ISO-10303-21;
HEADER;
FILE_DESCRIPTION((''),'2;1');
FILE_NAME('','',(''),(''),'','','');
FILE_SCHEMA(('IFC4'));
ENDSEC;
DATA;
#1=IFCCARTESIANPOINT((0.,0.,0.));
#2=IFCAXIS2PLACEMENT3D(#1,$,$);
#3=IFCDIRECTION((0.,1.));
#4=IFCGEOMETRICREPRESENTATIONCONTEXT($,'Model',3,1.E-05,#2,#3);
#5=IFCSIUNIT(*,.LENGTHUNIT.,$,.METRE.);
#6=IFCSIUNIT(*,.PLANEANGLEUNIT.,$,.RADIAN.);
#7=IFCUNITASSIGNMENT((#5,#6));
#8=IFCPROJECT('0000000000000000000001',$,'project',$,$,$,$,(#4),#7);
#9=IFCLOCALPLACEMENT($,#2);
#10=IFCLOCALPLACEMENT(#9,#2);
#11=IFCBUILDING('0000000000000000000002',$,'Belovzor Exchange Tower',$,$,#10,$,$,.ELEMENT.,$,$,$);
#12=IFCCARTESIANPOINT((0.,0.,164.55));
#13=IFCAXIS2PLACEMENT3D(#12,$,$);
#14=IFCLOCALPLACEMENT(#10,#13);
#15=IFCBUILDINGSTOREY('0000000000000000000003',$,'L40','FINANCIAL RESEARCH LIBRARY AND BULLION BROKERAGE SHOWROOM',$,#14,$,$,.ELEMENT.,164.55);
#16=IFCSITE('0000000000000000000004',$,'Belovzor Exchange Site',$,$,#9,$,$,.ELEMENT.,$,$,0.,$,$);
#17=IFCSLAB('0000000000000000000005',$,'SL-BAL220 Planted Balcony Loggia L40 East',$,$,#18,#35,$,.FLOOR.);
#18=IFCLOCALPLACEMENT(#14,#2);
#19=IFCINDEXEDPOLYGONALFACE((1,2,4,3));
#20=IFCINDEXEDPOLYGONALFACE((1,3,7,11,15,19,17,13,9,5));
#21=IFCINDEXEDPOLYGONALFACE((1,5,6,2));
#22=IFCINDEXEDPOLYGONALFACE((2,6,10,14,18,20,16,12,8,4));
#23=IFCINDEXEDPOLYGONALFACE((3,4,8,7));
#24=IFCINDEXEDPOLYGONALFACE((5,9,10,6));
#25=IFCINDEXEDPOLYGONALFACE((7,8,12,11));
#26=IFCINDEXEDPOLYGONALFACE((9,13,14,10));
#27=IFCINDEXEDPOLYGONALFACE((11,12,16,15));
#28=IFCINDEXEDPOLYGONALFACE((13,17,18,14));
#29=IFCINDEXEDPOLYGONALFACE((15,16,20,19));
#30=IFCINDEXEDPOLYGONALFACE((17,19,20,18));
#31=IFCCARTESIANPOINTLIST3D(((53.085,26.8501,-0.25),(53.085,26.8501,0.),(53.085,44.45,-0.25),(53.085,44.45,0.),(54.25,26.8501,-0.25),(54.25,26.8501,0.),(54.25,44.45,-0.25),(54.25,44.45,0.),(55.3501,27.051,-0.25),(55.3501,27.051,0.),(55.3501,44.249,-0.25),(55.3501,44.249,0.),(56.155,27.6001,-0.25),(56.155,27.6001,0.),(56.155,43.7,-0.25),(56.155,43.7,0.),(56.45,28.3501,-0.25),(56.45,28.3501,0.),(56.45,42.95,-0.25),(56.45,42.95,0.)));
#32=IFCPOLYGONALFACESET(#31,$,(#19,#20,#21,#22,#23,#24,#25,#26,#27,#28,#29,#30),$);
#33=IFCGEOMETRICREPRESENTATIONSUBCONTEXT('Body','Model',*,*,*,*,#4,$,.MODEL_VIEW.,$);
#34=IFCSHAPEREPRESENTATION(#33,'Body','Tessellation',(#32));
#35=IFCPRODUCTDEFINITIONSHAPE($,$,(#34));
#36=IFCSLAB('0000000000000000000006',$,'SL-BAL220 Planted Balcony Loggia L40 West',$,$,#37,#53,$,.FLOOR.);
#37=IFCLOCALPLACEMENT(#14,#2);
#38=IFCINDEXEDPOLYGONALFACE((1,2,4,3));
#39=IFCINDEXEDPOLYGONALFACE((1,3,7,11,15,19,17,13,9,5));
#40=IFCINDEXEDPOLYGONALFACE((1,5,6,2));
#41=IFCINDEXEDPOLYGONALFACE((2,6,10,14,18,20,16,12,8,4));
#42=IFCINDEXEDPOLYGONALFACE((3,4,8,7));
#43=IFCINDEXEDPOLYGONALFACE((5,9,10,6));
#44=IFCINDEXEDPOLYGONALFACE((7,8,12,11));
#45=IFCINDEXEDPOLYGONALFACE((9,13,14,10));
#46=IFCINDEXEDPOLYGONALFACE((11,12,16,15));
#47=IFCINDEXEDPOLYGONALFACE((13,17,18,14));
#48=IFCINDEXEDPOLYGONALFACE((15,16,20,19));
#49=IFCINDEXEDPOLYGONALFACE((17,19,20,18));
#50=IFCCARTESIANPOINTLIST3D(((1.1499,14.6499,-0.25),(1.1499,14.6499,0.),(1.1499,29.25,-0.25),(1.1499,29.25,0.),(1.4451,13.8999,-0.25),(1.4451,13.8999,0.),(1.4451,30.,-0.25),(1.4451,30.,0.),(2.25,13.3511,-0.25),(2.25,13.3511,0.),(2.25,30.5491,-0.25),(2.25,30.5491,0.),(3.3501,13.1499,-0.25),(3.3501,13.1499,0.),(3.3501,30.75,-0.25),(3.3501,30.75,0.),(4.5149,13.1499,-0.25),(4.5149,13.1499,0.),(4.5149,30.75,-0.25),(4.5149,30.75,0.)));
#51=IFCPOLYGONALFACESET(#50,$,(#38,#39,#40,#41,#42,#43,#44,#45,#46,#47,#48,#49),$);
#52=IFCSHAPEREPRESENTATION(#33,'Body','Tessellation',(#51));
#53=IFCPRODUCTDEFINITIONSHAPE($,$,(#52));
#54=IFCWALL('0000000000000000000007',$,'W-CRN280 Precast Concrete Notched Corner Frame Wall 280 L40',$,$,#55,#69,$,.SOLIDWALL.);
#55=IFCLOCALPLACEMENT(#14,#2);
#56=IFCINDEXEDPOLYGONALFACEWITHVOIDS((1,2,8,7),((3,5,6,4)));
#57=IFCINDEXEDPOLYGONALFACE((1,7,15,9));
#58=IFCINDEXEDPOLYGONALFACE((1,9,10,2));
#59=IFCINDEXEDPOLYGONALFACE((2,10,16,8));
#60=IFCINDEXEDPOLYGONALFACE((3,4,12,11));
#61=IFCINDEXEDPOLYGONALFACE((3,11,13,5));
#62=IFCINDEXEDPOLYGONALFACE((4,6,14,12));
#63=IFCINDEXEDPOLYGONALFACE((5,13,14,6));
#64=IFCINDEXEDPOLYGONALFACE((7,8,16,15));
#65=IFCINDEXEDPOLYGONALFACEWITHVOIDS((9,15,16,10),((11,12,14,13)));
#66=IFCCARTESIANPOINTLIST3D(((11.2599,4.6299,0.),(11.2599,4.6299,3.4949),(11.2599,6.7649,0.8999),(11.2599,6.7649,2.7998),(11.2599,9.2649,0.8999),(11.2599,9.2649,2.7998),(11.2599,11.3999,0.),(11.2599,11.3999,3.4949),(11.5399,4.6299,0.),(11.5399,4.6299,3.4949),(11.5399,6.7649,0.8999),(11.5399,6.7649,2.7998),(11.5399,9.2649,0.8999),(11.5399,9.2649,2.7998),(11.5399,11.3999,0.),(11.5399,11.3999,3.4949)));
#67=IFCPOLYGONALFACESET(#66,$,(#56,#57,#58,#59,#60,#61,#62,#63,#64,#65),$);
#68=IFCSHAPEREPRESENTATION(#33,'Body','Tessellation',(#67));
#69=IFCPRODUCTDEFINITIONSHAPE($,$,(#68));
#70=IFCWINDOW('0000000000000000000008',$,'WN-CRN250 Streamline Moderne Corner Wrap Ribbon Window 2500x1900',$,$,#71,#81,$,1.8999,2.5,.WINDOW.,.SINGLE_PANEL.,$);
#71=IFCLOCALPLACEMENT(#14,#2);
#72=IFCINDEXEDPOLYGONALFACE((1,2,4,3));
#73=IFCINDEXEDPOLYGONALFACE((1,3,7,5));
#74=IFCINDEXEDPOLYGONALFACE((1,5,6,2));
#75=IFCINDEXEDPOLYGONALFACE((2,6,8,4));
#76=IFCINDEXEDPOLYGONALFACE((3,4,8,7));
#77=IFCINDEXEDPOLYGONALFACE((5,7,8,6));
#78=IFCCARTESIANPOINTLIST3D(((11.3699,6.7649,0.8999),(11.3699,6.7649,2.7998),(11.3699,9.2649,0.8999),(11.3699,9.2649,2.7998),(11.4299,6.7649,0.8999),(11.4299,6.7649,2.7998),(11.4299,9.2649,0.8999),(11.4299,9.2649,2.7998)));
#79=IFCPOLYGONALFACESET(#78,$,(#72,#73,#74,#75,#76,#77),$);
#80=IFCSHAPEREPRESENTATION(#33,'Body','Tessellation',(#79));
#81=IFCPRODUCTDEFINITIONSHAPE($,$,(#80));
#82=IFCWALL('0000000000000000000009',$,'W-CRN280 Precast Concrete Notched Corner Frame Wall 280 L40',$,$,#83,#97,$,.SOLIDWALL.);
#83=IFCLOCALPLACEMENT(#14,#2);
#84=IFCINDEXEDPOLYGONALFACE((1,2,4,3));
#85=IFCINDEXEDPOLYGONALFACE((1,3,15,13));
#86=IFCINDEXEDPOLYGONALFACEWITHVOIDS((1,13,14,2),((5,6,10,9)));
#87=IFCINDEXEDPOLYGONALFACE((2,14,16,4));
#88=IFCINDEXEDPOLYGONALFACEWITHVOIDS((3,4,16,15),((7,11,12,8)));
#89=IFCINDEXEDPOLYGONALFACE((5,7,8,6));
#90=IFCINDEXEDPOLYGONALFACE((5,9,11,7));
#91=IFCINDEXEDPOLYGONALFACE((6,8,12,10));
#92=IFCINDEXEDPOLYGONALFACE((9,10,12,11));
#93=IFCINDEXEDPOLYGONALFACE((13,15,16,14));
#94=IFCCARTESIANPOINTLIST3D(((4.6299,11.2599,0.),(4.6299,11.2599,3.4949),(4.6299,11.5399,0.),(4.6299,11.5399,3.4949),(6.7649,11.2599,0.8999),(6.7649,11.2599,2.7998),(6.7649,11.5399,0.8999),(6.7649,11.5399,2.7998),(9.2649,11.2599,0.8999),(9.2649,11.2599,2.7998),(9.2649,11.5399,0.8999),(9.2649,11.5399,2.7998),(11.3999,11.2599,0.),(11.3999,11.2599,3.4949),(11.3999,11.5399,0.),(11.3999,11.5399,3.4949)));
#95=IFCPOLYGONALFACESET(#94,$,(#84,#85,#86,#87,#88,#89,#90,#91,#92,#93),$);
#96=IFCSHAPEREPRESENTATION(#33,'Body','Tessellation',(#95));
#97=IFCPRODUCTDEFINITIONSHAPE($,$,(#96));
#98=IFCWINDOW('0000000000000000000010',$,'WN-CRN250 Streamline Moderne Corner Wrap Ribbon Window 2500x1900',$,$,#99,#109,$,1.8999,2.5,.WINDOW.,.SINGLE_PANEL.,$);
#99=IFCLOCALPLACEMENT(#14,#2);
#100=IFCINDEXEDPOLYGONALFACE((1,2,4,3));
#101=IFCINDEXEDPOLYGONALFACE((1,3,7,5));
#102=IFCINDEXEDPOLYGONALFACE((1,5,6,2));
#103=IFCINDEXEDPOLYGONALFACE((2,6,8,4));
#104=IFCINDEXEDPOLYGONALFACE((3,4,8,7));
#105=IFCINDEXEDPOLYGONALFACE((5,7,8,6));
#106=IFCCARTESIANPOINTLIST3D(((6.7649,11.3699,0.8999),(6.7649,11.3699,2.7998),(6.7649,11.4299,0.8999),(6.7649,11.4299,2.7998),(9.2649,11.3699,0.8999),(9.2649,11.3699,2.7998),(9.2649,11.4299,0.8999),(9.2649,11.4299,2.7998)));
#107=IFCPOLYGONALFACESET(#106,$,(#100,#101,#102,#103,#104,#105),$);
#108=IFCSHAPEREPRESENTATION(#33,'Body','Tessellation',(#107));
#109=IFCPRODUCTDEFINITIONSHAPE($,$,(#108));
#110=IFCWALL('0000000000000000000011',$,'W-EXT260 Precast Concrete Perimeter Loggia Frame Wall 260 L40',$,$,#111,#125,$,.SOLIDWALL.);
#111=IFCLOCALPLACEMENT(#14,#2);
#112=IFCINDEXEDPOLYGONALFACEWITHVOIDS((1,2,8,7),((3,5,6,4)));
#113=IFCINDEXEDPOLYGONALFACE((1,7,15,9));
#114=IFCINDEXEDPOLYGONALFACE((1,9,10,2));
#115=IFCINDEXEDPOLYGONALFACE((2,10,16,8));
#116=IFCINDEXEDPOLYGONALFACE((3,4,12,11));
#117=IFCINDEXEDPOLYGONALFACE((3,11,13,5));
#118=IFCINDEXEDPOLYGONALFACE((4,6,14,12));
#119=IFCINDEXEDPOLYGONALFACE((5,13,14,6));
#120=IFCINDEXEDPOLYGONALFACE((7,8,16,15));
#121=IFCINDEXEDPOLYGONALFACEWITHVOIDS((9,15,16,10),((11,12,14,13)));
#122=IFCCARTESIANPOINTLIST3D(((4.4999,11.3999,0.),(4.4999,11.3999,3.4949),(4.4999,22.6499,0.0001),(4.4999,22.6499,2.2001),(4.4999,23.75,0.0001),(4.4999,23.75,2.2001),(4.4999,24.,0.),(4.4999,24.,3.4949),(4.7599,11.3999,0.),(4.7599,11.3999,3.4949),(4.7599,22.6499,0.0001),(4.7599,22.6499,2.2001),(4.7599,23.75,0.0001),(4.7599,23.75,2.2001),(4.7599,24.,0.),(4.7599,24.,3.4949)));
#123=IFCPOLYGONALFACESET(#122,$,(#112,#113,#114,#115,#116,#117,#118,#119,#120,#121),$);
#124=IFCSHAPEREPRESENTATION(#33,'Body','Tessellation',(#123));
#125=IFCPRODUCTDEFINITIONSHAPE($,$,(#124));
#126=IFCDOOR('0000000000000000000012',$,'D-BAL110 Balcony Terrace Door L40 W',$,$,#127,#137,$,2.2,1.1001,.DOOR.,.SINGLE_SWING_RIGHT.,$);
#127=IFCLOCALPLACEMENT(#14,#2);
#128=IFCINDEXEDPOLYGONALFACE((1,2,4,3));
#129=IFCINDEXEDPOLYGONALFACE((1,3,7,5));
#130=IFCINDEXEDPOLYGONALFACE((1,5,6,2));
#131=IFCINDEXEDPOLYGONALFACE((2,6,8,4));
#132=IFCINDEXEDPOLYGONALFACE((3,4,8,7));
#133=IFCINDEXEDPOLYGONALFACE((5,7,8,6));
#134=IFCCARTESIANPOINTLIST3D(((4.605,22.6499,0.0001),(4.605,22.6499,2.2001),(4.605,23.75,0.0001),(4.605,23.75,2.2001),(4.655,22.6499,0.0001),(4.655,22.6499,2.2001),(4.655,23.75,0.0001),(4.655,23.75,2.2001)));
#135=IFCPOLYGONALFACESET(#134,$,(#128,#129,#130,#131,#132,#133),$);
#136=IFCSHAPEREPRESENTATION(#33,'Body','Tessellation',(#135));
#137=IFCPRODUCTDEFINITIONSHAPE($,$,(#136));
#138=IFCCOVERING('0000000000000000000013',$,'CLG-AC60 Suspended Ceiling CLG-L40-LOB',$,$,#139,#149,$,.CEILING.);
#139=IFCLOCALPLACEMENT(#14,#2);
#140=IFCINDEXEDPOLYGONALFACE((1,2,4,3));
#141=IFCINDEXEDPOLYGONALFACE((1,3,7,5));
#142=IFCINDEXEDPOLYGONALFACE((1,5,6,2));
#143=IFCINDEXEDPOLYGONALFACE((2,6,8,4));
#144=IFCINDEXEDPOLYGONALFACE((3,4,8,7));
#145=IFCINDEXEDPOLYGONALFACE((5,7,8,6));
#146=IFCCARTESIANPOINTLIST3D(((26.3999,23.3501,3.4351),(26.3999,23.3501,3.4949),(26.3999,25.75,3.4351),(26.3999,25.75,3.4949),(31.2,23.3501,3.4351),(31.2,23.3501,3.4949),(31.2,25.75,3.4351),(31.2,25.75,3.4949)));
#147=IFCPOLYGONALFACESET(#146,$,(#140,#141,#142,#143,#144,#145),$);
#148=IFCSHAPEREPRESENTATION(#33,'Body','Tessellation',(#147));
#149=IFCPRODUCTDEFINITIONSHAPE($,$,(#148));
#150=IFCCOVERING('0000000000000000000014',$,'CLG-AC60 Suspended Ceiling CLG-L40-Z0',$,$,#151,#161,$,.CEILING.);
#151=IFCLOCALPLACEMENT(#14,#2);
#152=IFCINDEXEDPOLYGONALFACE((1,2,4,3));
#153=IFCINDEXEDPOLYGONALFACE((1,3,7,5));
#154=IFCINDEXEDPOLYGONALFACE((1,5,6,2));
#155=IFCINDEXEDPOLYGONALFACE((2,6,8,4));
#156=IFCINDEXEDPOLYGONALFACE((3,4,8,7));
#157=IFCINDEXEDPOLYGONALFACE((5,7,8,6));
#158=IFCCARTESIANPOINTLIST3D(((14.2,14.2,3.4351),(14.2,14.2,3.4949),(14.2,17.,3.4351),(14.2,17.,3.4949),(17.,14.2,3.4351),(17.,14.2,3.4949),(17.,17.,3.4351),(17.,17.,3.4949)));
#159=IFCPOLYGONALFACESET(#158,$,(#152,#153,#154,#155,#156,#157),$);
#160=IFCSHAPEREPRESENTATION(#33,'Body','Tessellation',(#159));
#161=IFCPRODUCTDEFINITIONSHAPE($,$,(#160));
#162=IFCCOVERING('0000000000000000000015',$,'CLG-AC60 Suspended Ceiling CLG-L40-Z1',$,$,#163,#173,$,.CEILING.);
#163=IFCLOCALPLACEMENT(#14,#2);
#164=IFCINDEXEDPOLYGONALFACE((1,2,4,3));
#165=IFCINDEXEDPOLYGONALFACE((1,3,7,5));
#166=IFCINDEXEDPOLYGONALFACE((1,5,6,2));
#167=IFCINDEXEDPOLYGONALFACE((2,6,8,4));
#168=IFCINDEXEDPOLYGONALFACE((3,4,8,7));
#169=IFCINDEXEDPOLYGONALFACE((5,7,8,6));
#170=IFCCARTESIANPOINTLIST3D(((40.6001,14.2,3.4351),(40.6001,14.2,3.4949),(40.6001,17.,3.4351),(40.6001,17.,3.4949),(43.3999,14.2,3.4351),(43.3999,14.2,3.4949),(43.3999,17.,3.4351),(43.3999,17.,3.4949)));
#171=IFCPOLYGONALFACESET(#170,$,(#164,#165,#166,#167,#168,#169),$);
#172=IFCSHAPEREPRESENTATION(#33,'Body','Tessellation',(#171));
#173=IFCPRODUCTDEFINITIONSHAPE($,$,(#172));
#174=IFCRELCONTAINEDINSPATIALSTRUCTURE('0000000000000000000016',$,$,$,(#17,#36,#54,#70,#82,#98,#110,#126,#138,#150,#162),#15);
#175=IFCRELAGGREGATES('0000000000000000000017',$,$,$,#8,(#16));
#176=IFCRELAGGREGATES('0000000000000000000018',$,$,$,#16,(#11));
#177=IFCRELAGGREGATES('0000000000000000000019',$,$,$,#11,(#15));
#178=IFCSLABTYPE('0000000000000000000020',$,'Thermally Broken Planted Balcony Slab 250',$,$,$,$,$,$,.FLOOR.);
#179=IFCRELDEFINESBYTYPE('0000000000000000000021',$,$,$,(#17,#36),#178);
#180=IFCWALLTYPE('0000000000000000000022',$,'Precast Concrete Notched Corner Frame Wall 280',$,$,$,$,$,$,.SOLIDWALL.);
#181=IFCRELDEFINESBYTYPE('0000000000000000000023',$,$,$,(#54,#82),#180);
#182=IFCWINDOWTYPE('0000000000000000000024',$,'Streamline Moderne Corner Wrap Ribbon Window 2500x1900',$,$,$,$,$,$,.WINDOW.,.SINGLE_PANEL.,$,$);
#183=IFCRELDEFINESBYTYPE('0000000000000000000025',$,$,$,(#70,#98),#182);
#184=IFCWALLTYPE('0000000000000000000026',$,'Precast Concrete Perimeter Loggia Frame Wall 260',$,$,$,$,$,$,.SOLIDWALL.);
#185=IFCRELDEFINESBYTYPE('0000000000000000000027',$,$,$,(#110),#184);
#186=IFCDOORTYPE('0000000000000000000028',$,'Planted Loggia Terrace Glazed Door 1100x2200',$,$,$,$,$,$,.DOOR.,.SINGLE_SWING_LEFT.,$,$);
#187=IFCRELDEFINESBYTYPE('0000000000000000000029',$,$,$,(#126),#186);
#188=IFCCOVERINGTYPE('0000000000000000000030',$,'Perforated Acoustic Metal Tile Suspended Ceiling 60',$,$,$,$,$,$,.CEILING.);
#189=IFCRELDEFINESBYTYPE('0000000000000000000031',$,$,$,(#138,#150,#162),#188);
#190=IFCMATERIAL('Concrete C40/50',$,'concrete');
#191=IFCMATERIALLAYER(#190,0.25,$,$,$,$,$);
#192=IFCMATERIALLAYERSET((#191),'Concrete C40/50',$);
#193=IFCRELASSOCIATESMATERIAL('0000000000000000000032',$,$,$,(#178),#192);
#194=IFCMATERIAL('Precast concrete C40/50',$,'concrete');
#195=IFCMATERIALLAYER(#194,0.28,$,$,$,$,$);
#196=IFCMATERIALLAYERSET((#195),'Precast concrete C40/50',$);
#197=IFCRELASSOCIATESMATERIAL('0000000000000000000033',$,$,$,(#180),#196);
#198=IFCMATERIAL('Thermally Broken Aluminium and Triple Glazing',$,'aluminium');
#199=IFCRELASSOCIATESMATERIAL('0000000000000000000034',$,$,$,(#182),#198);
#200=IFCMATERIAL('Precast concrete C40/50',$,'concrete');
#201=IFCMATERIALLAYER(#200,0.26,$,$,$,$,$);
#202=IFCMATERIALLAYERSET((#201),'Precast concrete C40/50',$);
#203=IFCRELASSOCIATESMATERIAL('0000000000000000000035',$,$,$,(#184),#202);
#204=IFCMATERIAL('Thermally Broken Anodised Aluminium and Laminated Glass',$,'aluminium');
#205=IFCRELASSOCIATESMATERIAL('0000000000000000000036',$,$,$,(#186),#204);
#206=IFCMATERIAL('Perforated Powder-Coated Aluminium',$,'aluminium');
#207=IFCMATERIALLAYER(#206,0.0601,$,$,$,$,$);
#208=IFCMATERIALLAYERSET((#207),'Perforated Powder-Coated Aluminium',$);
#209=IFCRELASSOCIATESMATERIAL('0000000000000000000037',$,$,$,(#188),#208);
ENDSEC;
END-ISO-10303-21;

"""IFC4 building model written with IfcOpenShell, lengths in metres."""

from ifc_helpers import new_model, si_unit, direction, frame, frame_2d, origin, place, context, subcontext, project, spatial, polyline, rectangle, outline, extrude, material, layer, layer_set, type_object, element, fill, save


model = new_model("IFC4")

# Units and contexts
model_context = context("Model", 3, precision=1e-05, world=origin(), true_north=direction((0.0, 1.0)))
body_context = subcontext(model_context, "Body", "Model", "MODEL_VIEW")
ifc_project = project(units=[si_unit("LENGTHUNIT", "METRE"), si_unit("PLANEANGLEUNIT", "RADIAN")], contexts=[model_context])

# Site, building, storey
site_placement = place(None, origin())
site = spatial("IfcSite", under=ifc_project, at=site_placement, Name="Belovzor Exchange Site", CompositionType="ELEMENT", RefElevation=0.0)
building_placement = place(site_placement, origin())
building = spatial("IfcBuilding", under=site, at=building_placement, Name="Belovzor Exchange Tower", CompositionType="ELEMENT")
storey_placement = place(building_placement, frame((0.0, 0.0, 164.55)))
storey = spatial("IfcBuildingStorey", under=building, at=storey_placement, Name="L40", Description="FINANCIAL RESEARCH LIBRARY AND BULLION BROKERAGE SHOWROOM", CompositionType="ELEMENT", Elevation=164.55)

# Slabs
ifc_material_1 = material(Name="Concrete C40/50", Category="concrete")
ifc_layer_1 = layer(ifc_material_1, 0.25)
ifc_layer_set_1 = layer_set([ifc_layer_1], Name="Concrete C40/50")
slab_type_1 = type_object("IfcSlabType", Name="Thermally Broken Planted Balcony Slab 250", PredefinedType="FLOOR", material=ifc_layer_set_1)
slab_1_placement = place(storey_placement, frame((0.0, 0.0, -0.25)))
element("IfcSlab", 1, at=slab_1_placement, inside=storey, type_object=slab_type_1, Name="SL-BAL220 Planted Balcony Loggia L40 East", PredefinedType="FLOOR", context=body_context, shape_type="SweptSolid", body=[
    extrude(outline(polyline([(53.085, 26.8501), (54.25, 26.8501), (55.3501, 27.051), (56.155, 27.6001), (56.45, 28.3501), (56.45, 42.95), (56.155, 43.7), (55.3501, 44.249), (54.25, 44.45), (53.085, 44.45), (53.085, 26.8501)])), origin(), (0.0, 0.0, 1.0), 0.25),
])
slab_2_placement = place(storey_placement, frame((0.0, 0.0, -0.25)))
element("IfcSlab", 2, at=slab_2_placement, inside=storey, type_object=slab_type_1, Name="SL-BAL220 Planted Balcony Loggia L40 West", PredefinedType="FLOOR", context=body_context, shape_type="SweptSolid", body=[
    extrude(outline(polyline([(4.5149, 30.75), (3.3501, 30.75), (2.25, 30.5491), (1.4451, 30.0), (1.1499, 29.25), (1.1499, 14.6499), (1.4451, 13.8999), (2.25, 13.3511), (3.3501, 13.1499), (4.5149, 13.1499), (4.5149, 30.75)])), origin(), (0.0, 0.0, 1.0), 0.25),
])

# Walls, openings, windows
ifc_material_2 = material(Name="Precast concrete C40/50", Category="concrete")
ifc_layer_2 = layer(ifc_material_2, 0.28)
ifc_layer_set_2 = layer_set([ifc_layer_2], Name="Precast concrete C40/50")
wall_type_1 = type_object("IfcWallType", Name="Precast Concrete Notched Corner Frame Wall 280", PredefinedType="SOLIDWALL", material=ifc_layer_set_2)
wall_1_placement = place(storey_placement, frame((11.3999, 4.6299, 0.0), z_axis=(0.0, 0.0, 1.0), x_axis=(0.0, 1.0, 0.0)))
wall_1 = element("IfcWall", 3, at=wall_1_placement, inside=storey, type_object=wall_type_1, Name="W-CRN280 Precast Concrete Notched Corner Frame Wall 280 L40", PredefinedType="SOLIDWALL", context=body_context, shape_type="SweptSolid", body=[
    extrude(rectangle(XDim=6.77, YDim=0.28, at=frame_2d((3.385, 0.0))), origin(), (0.0, 0.0, 1.0), 3.4949),
])
opening_1_placement = place(wall_1_placement, frame((2.135, 0.0, 0.8999)))
opening_1 = element("IfcOpeningElement", 4, at=opening_1_placement, cuts=wall_1, PredefinedType="OPENING", context=body_context, shape_type="SweptSolid", body=[
    extrude(rectangle(XDim=2.5, YDim=1.8999, at=frame_2d((1.25, 0.95))), frame((0.0, 0.1499, 0.0), z_axis=(0.0, -1.0, 0.0), x_axis=(1.0, 0.0, 0.0)), (0.0, 0.0, 1.0), 0.3),
])
ifc_material_3 = material(Name="Thermally Broken Aluminium and Triple Glazing", Category="aluminium")
window_type = type_object("IfcWindowType", Name="Streamline Moderne Corner Wrap Ribbon Window 2500x1900", PartitioningType="SINGLE_PANEL", PredefinedType="WINDOW", material=ifc_material_3)
window_1_placement = place(opening_1_placement, origin())
window_1 = element("IfcWindow", 5, at=window_1_placement, inside=storey, type_object=window_type, Name="WN-CRN250 Streamline Moderne Corner Wrap Ribbon Window 2500x1900", OverallHeight=1.8999, OverallWidth=2.5, PartitioningType="SINGLE_PANEL", PredefinedType="WINDOW", context=body_context, shape_type="SweptSolid", body=[
    extrude(rectangle(XDim=2.5, YDim=1.8999, at=frame_2d((1.25, 0.95))), frame((0.0, 0.03, 0.0), z_axis=(0.0, -1.0, 0.0), x_axis=(1.0, 0.0, 0.0)), (0.0, 0.0, 1.0), 0.0601),
])
fill(opening_1, window_1)
wall_2_placement = place(storey_placement, frame((11.3999, 11.3999, 0.0), z_axis=(0.0, 0.0, 1.0), x_axis=(-1.0, 0.0, 0.0)))
wall_2 = element("IfcWall", 6, at=wall_2_placement, inside=storey, type_object=wall_type_1, Name="W-CRN280 Precast Concrete Notched Corner Frame Wall 280 L40", PredefinedType="SOLIDWALL", context=body_context, shape_type="SweptSolid", body=[
    extrude(rectangle(XDim=6.77, YDim=0.28, at=frame_2d((3.385, 0.0))), origin(), (0.0, 0.0, 1.0), 3.4949),
])
opening_2_placement = place(wall_2_placement, frame((2.135, 0.0, 0.8999)))
opening_2 = element("IfcOpeningElement", 7, at=opening_2_placement, cuts=wall_2, PredefinedType="OPENING", context=body_context, shape_type="SweptSolid", body=[
    extrude(rectangle(XDim=2.5, YDim=1.8999, at=frame_2d((1.25, 0.95))), frame((0.0, 0.1499, 0.0), z_axis=(0.0, -1.0, 0.0), x_axis=(1.0, 0.0, 0.0)), (0.0, 0.0, 1.0), 0.3),
])
window_2_placement = place(opening_2_placement, origin())
window_2 = element("IfcWindow", 8, at=window_2_placement, inside=storey, type_object=window_type, Name="WN-CRN250 Streamline Moderne Corner Wrap Ribbon Window 2500x1900", OverallHeight=1.8999, OverallWidth=2.5, PartitioningType="SINGLE_PANEL", PredefinedType="WINDOW", context=body_context, shape_type="SweptSolid", body=[
    extrude(rectangle(XDim=2.5, YDim=1.8999, at=frame_2d((1.25, 0.95))), frame((0.0, 0.03, 0.0), z_axis=(0.0, -1.0, 0.0), x_axis=(1.0, 0.0, 0.0)), (0.0, 0.0, 1.0), 0.0601),
])
fill(opening_2, window_2)

# Wall, opening, door
ifc_material_4 = material(Name="Precast concrete C40/50", Category="concrete")
ifc_layer_3 = layer(ifc_material_4, 0.26)
ifc_layer_set_3 = layer_set([ifc_layer_3], Name="Precast concrete C40/50")
wall_type_2 = type_object("IfcWallType", Name="Precast Concrete Perimeter Loggia Frame Wall 260", PredefinedType="SOLIDWALL", material=ifc_layer_set_3)
wall_3_placement = place(storey_placement, frame((4.6299, 11.3999, 0.0), z_axis=(0.0, 0.0, 1.0), x_axis=(0.0, 1.0, 0.0)))
wall_3 = element("IfcWall", 9, at=wall_3_placement, inside=storey, type_object=wall_type_2, Name="W-EXT260 Precast Concrete Perimeter Loggia Frame Wall 260 L40", PredefinedType="SOLIDWALL", context=body_context, shape_type="SweptSolid", body=[
    extrude(rectangle(XDim=12.6001, YDim=0.26, at=frame_2d((6.3, 0.0))), origin(), (0.0, 0.0, 1.0), 3.4949),
])
opening_3_placement = place(wall_3_placement, frame((11.25, 0.0, 0.0)))
opening_3 = element("IfcOpeningElement", 10, at=opening_3_placement, cuts=wall_3, PredefinedType="OPENING", context=body_context, shape_type="SweptSolid", body=[
    extrude(rectangle(XDim=1.1001, YDim=2.2, at=frame_2d((0.55, 1.1001))), frame((0.0, 0.1399, 0.0), z_axis=(0.0, -1.0, 0.0), x_axis=(1.0, 0.0, 0.0)), (0.0, 0.0, 1.0), 0.28),
])
ifc_material_5 = material(Name="Thermally Broken Anodised Aluminium and Laminated Glass", Category="aluminium")
door_type = type_object("IfcDoorType", Name="Planted Loggia Terrace Glazed Door 1100x2200", OperationType="SINGLE_SWING_LEFT", PredefinedType="DOOR", material=ifc_material_5)
door_placement = place(opening_3_placement, origin())
door = element("IfcDoor", 11, at=door_placement, inside=storey, type_object=door_type, Name="D-BAL110 Balcony Terrace Door L40 W", OperationType="SINGLE_SWING_RIGHT", OverallHeight=2.2, OverallWidth=1.1001, PredefinedType="DOOR", context=body_context, shape_type="SweptSolid", body=[
    extrude(rectangle(XDim=1.1001, YDim=2.2, at=frame_2d((0.55, 1.1001))), frame((0.0, 0.0249, 0.0), z_axis=(0.0, -1.0, 0.0), x_axis=(1.0, 0.0, 0.0)), (0.0, 0.0, 1.0), 0.05),
])
fill(opening_3, door)

# Coverings
ifc_material_6 = material(Name="Perforated Powder-Coated Aluminium", Category="aluminium")
ifc_layer_4 = layer(ifc_material_6, 0.0601)
ifc_layer_set_4 = layer_set([ifc_layer_4], Name="Perforated Powder-Coated Aluminium")
covering_type_1 = type_object("IfcCoveringType", Name="Perforated Acoustic Metal Tile Suspended Ceiling 60", PredefinedType="CEILING", material=ifc_layer_set_4)
covering_1_placement = place(storey_placement, frame((0.0, 0.0, 3.4351)))
element("IfcCovering", 12, at=covering_1_placement, inside=storey, type_object=covering_type_1, Name="CLG-AC60 Suspended Ceiling CLG-L40-LOB", PredefinedType="CEILING", context=body_context, shape_type="SweptSolid", body=[
    extrude(outline(polyline([(26.3999, 23.3501), (31.2, 23.3501), (31.2, 25.75), (26.3999, 25.75), (26.3999, 23.3501)])), origin(), (0.0, 0.0, 1.0), 0.0598),
])
covering_2_placement = place(storey_placement, frame((0.0, 0.0, 3.4351)))
element("IfcCovering", 13, at=covering_2_placement, inside=storey, type_object=covering_type_1, Name="CLG-AC60 Suspended Ceiling CLG-L40-Z0", PredefinedType="CEILING", context=body_context, shape_type="SweptSolid", body=[
    extrude(outline(polyline([(14.2, 14.2), (17.0, 14.2), (17.0, 17.0), (14.2, 17.0), (14.2, 14.2)])), origin(), (0.0, 0.0, 1.0), 0.0598),
])
covering_3_placement = place(storey_placement, frame((0.0, 0.0, 3.4351)))
element("IfcCovering", 14, at=covering_3_placement, inside=storey, type_object=covering_type_1, Name="CLG-AC60 Suspended Ceiling CLG-L40-Z1", PredefinedType="CEILING", context=body_context, shape_type="SweptSolid", body=[
    extrude(outline(polyline([(40.6001, 14.2), (43.3999, 14.2), (43.3999, 17.0), (40.6001, 17.0), (40.6001, 14.2)])), origin(), (0.0, 0.0, 1.0), 0.0598),
])

save(model, "model.ifc")
